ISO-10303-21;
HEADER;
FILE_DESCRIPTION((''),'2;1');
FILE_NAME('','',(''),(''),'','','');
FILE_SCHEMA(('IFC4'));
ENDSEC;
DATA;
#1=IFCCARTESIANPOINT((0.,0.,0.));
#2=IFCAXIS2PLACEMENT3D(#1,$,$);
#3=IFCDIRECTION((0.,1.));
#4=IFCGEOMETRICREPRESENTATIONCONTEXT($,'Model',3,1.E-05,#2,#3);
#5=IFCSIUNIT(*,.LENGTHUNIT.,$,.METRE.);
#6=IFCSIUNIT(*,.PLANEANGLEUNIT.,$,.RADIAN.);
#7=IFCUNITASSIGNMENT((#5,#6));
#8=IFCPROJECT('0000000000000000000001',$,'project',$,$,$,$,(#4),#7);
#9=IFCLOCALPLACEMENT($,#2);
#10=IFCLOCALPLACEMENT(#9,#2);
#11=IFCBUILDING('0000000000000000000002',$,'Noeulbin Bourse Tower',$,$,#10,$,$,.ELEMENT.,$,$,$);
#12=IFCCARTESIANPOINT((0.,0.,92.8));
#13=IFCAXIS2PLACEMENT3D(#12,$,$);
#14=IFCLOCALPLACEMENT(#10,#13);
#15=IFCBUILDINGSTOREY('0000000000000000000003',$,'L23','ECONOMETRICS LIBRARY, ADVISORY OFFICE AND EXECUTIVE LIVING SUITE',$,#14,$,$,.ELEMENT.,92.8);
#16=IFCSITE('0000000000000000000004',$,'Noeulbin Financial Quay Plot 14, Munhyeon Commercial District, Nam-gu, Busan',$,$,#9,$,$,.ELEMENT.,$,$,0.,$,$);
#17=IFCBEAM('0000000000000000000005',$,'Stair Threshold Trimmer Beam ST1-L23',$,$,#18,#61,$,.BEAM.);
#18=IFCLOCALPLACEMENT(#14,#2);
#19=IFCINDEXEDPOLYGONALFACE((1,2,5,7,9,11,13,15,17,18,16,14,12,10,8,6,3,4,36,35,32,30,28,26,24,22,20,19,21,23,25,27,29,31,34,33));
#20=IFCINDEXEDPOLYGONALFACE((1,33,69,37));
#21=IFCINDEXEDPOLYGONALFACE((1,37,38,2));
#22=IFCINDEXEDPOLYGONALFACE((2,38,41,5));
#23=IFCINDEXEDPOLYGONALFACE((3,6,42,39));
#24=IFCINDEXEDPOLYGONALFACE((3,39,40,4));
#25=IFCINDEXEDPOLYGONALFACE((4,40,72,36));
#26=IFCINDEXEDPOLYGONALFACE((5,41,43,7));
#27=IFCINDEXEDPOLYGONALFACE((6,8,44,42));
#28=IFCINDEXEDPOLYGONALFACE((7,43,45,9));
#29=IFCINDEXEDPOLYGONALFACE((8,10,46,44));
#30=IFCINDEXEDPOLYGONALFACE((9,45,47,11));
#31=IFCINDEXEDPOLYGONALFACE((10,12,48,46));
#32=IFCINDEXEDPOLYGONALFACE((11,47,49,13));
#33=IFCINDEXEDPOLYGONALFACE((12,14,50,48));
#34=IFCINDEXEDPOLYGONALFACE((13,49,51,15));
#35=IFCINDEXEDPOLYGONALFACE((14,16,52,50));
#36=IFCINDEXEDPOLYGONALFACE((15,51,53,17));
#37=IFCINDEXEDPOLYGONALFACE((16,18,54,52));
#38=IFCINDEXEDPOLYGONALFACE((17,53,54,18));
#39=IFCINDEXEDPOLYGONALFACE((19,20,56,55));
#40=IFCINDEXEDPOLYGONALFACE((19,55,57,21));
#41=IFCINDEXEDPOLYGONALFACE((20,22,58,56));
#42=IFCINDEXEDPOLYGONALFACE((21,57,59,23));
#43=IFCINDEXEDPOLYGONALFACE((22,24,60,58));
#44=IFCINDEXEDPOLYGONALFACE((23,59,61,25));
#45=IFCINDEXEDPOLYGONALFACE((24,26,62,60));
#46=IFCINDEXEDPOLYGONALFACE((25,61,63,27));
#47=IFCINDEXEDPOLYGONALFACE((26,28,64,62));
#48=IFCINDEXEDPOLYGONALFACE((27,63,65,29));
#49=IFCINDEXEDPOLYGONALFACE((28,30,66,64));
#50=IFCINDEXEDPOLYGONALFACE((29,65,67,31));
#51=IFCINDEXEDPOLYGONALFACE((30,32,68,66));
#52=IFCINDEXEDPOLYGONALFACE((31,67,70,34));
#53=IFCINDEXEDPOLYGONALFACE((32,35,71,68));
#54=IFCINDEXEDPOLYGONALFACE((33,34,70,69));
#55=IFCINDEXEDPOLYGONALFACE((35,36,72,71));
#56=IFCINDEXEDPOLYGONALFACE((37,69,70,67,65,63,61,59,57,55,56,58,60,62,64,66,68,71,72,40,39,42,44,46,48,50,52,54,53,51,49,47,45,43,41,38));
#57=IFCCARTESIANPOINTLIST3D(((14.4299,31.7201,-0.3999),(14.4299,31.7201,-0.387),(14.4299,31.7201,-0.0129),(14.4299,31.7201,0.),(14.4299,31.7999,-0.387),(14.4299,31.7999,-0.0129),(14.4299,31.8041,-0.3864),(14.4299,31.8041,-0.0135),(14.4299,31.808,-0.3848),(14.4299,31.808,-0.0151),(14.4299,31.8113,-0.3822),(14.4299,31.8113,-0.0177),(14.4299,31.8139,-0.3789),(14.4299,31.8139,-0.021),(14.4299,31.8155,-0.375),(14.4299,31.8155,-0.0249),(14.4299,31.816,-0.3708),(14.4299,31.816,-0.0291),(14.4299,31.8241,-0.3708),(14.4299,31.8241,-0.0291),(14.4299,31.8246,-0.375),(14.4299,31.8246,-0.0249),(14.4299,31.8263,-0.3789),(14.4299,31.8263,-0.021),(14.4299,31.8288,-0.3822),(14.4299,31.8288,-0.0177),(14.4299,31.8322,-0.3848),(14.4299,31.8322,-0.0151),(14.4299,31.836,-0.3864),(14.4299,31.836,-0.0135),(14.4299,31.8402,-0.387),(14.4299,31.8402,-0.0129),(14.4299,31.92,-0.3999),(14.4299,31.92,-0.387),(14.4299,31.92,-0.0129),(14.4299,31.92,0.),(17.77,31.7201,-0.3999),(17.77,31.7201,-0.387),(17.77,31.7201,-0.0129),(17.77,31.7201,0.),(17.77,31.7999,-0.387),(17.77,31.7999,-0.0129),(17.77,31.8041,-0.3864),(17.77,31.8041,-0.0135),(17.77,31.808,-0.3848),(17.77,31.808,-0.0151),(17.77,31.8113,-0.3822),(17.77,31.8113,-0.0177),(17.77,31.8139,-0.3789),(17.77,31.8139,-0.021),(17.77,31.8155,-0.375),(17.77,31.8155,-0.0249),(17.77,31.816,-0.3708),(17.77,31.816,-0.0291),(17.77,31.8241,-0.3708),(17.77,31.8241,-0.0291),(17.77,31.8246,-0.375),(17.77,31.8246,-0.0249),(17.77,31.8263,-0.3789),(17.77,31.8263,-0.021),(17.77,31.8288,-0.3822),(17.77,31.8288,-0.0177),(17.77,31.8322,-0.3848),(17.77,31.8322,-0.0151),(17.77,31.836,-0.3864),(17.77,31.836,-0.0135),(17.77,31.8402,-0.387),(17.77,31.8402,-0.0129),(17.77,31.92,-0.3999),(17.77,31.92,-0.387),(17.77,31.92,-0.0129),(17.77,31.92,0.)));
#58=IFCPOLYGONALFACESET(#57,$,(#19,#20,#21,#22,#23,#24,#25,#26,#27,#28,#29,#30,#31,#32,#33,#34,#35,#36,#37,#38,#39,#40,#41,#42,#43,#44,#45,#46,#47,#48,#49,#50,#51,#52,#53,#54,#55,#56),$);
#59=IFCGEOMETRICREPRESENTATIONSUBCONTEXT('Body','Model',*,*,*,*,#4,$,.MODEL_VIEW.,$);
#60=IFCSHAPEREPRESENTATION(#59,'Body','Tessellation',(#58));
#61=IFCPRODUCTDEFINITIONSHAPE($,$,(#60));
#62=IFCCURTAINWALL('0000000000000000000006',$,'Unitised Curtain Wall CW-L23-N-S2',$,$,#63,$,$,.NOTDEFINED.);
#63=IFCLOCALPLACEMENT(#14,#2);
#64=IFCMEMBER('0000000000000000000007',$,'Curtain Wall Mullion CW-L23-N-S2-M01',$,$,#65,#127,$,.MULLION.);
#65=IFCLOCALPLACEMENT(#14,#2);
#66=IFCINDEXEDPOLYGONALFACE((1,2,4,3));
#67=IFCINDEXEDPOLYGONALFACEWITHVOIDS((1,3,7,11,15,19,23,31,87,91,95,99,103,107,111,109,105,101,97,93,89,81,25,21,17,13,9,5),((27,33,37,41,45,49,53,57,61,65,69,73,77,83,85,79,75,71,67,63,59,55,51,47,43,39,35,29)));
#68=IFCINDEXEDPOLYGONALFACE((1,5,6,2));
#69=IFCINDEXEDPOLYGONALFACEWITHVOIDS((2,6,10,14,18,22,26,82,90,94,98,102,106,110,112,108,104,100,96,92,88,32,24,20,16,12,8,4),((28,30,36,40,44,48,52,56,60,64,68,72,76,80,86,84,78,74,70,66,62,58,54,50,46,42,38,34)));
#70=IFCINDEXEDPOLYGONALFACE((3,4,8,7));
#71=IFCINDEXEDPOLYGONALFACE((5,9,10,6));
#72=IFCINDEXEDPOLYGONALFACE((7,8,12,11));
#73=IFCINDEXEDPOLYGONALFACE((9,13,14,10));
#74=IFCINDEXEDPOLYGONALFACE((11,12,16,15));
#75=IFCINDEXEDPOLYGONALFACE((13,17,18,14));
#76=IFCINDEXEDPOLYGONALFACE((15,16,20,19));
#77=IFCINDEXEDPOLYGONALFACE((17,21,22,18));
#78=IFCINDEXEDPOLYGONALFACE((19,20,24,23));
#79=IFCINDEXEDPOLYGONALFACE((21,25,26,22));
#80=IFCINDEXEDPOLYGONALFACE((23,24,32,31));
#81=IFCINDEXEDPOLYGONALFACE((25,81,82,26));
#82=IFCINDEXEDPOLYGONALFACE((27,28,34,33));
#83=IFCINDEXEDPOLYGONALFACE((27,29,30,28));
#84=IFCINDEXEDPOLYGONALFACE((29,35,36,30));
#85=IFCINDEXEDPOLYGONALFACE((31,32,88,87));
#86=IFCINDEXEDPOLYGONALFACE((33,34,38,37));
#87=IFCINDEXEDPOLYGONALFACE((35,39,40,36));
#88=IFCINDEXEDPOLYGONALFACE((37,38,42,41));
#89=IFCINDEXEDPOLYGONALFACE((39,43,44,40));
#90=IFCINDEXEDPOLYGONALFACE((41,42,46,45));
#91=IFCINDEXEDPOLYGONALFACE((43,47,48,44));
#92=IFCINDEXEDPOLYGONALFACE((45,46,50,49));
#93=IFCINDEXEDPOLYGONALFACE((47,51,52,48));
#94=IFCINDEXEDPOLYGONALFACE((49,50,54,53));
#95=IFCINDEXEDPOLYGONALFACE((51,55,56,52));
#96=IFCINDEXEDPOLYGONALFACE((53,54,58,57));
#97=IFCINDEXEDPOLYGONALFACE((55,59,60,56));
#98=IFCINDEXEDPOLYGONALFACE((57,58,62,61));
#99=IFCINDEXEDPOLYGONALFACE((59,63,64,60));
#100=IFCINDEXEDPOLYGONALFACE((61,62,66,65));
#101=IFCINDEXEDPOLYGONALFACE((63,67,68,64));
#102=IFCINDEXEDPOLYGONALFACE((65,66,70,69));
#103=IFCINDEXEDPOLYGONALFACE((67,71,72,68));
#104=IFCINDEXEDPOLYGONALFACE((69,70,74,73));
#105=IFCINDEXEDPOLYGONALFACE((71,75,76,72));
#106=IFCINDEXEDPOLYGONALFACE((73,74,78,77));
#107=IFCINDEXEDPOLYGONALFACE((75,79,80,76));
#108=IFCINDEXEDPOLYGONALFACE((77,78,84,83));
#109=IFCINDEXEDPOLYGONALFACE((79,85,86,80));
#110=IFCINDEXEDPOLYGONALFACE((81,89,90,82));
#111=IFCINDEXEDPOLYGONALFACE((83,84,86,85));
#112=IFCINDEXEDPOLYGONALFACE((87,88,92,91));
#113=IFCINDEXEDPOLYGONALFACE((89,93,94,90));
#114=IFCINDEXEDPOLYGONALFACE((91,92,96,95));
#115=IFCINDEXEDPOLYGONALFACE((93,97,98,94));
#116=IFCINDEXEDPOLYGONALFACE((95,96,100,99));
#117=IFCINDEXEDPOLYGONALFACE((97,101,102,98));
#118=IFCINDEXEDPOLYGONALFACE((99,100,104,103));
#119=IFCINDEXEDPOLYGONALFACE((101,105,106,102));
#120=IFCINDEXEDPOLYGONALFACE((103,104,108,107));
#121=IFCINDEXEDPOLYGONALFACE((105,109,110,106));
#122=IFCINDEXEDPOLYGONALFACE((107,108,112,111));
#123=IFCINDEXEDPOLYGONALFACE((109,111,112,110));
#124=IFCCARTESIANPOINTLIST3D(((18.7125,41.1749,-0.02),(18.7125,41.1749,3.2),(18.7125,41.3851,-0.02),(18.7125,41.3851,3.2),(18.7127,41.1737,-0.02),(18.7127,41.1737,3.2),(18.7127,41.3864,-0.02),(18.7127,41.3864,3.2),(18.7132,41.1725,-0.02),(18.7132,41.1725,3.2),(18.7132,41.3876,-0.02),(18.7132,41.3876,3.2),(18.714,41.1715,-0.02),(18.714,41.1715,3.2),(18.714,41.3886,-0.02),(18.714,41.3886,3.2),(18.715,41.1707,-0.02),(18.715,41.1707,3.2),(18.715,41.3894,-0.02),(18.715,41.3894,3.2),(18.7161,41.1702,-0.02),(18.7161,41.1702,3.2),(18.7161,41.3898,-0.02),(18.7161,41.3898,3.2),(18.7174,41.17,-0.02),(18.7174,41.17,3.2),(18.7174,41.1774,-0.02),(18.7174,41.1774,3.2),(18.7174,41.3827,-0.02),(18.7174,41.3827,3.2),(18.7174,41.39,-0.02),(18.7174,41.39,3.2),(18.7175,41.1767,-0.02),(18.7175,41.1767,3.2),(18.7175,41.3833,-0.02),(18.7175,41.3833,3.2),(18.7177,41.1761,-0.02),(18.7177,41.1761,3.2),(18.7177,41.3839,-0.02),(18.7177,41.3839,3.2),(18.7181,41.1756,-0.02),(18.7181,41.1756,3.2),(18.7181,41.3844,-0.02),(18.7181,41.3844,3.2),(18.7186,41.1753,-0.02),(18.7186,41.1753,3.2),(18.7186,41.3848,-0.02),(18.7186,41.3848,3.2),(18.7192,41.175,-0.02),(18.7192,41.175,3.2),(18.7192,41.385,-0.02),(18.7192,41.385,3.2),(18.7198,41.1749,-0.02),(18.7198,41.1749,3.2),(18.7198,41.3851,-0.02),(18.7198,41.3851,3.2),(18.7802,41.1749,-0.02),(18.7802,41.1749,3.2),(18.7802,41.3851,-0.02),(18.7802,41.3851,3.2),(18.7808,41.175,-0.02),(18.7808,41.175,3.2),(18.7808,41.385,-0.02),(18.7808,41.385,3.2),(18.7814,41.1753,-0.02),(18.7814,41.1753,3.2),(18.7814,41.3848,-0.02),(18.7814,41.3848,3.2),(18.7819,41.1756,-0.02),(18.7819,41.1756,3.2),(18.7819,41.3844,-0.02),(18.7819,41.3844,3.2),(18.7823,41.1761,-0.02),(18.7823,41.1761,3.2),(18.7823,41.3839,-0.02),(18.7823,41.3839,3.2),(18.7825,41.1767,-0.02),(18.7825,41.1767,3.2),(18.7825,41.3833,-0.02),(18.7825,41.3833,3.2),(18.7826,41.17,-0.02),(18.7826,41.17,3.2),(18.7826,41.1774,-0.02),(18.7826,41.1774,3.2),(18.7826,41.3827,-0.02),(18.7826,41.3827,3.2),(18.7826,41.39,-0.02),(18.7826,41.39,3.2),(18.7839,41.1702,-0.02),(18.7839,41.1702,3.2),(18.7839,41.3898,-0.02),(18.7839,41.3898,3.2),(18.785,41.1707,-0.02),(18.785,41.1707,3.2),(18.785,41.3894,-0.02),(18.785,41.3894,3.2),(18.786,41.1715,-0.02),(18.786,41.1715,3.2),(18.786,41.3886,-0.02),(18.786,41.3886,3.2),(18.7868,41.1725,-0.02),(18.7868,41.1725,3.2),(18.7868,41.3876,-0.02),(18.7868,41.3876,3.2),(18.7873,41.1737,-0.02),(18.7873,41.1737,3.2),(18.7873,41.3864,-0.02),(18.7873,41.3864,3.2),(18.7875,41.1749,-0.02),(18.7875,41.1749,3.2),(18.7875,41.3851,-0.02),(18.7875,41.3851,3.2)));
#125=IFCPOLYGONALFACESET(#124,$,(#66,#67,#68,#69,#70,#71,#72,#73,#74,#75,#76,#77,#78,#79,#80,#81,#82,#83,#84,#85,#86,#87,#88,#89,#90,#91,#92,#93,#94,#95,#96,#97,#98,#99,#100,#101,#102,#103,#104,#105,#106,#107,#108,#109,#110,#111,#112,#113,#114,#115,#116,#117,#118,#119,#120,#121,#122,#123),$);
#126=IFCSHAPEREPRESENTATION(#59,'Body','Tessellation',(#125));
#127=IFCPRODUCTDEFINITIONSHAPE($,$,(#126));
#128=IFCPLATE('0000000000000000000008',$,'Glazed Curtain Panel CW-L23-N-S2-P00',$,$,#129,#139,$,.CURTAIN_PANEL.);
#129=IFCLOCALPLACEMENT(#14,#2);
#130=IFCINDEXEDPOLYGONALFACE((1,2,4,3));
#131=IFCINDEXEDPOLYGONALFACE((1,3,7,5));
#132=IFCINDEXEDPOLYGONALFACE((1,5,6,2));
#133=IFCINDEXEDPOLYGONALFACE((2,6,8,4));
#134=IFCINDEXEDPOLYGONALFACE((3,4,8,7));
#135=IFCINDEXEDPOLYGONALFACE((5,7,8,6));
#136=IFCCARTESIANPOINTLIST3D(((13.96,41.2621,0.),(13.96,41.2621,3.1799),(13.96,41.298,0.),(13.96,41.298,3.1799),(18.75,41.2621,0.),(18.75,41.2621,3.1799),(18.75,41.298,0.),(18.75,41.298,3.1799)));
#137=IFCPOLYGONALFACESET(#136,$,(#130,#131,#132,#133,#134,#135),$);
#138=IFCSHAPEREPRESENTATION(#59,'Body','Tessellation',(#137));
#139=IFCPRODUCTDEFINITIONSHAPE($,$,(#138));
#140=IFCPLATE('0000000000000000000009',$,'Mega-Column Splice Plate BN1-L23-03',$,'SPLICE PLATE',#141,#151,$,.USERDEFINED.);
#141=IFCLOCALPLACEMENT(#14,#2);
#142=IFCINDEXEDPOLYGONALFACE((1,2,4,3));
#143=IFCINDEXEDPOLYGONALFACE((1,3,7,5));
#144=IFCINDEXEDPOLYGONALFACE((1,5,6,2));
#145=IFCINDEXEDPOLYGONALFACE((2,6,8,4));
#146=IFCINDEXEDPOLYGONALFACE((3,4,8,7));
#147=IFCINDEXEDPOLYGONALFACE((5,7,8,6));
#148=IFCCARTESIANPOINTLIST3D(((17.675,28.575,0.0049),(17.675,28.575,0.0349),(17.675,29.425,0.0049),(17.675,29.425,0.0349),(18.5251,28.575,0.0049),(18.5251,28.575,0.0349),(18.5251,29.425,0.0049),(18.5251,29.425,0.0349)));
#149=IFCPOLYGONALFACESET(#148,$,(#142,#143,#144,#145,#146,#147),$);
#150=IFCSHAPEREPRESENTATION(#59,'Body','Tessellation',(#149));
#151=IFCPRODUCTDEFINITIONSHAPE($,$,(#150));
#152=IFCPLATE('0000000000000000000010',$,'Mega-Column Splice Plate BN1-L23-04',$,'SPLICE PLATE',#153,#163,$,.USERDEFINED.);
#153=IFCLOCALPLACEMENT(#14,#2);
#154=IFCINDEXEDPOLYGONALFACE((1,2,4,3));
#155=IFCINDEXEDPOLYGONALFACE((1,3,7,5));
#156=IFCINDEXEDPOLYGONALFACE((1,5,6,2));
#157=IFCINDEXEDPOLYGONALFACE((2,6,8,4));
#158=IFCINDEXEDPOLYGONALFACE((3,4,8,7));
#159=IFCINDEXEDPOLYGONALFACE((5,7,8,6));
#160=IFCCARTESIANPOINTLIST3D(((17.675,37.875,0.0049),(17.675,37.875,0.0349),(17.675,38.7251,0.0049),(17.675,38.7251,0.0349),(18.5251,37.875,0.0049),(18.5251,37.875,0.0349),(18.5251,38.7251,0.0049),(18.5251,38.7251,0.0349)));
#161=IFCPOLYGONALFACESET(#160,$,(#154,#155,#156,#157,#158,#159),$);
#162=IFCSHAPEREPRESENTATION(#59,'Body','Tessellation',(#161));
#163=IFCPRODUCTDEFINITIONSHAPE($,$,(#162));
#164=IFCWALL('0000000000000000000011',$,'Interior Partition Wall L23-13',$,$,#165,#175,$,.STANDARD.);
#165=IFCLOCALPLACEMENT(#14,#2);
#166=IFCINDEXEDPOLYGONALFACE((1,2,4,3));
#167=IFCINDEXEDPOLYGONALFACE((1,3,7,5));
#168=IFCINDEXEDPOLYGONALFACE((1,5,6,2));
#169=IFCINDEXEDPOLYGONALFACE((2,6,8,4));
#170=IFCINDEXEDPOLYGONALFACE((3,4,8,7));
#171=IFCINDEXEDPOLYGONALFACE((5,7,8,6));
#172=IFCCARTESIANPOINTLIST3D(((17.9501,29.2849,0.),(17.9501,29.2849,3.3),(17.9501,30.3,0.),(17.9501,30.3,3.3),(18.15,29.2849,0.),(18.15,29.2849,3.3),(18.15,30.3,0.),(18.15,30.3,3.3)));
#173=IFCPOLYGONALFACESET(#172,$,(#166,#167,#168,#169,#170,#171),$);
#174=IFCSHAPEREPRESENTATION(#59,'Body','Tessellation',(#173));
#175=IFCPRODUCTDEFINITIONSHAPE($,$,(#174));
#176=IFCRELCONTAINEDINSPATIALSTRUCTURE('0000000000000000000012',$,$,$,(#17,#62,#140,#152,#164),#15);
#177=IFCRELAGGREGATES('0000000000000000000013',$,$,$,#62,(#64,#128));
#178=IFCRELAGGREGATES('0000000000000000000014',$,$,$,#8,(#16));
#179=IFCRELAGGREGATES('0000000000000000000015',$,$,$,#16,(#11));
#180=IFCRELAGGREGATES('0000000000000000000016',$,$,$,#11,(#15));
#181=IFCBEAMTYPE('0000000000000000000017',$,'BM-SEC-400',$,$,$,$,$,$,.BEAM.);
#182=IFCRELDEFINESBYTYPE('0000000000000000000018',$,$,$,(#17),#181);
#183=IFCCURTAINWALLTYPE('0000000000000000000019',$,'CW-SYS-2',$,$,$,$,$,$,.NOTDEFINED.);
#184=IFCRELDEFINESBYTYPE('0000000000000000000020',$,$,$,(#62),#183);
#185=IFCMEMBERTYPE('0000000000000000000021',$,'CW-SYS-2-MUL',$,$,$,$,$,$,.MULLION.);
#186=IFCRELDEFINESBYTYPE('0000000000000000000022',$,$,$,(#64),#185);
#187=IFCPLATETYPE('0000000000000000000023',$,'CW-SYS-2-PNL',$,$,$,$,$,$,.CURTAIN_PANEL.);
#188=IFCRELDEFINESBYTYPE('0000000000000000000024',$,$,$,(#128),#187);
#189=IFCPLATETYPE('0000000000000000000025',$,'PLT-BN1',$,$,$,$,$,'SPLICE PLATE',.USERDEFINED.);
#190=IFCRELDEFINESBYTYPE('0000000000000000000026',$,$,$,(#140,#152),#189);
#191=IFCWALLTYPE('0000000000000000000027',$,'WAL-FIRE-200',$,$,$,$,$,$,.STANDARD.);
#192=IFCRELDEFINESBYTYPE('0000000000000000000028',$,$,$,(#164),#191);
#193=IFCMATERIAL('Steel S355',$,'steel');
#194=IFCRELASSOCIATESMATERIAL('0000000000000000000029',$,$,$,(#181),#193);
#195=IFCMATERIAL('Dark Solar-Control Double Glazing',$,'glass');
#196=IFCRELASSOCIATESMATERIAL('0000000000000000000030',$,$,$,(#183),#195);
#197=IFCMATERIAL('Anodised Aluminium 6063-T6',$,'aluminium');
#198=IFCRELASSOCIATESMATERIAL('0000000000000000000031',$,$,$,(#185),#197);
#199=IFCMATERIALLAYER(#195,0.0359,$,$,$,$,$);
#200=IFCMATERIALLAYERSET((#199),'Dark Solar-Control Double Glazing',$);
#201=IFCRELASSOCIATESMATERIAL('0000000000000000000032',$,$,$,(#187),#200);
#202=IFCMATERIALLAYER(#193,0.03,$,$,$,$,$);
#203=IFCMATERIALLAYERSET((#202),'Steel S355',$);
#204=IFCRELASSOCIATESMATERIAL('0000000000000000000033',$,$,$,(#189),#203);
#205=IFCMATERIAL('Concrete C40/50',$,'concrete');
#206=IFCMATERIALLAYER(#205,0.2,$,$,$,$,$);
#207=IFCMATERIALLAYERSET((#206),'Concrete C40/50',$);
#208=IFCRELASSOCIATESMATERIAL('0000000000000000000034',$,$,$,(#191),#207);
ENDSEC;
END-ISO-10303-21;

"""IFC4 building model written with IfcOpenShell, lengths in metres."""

from ifc_helpers import new_model, si_unit, direction, frame, frame_2d, origin, origin_2d, place, context, subcontext, project, spatial, rectangle, hollow_rectangle, i_section, extrude, material, layer, layer_set, material_profile, profile_set, type_object, element, aggregate, save


model = new_model("IFC4")

# Units and contexts
model_context = context("Model", 3, precision=1e-05, world=origin(), true_north=direction((0.0, 1.0)))
body_context = subcontext(model_context, "Body", "Model", "MODEL_VIEW")
ifc_project = project(units=[si_unit("LENGTHUNIT", "METRE"), si_unit("PLANEANGLEUNIT", "RADIAN")], contexts=[model_context])

# Site, building, storey
site_placement = place(None, origin())
site = spatial("IfcSite", under=ifc_project, at=site_placement, Name="Noeulbin Financial Quay Plot 14, Munhyeon Commercial District, Nam-gu, Busan", CompositionType="ELEMENT", RefElevation=0.0)
building_placement = place(site_placement, origin())
building = spatial("IfcBuilding", under=site, at=building_placement, Name="Noeulbin Bourse Tower", CompositionType="ELEMENT")
storey_placement = place(building_placement, frame((0.0, 0.0, 92.8)))
storey = spatial("IfcBuildingStorey", under=building, at=storey_placement, Name="L23", Description="ECONOMETRICS LIBRARY, ADVISORY OFFICE AND EXECUTIVE LIVING SUITE", CompositionType="ELEMENT", Elevation=92.8)

# Beam
ifc_material_1 = material(Name="Steel S355", Category="steel")
ifc_material_profile_1 = material_profile(ifc_material_1, i_section(OverallWidth=0.2, OverallDepth=0.3999, WebThickness=0.0081, FlangeThickness=0.0129, FilletRadius=0.0161, at=origin_2d()), Name="H-400x200x8x13", Category="LoadBearing")
ifc_profile_set_1 = profile_set([ifc_material_profile_1], Name="Steel S355")
beam_type = type_object("IfcBeamType", Name="BM-SEC-400", PredefinedType="BEAM", material=ifc_profile_set_1)
beam_placement = place(storey_placement, frame((14.4299, 31.8201, -0.2), z_axis=(1.0, 0.0, 0.0), x_axis=(0.0, 1.0, 0.0)))
element("IfcBeam", 1, at=beam_placement, inside=storey, type_object=beam_type, Name="Stair Threshold Trimmer Beam ST1-L23", PredefinedType="BEAM", context=body_context, shape_type="SweptSolid", body=[
    extrude(i_section(OverallWidth=0.2, OverallDepth=0.3999, WebThickness=0.0081, FlangeThickness=0.0129, FilletRadius=0.0161, at=origin_2d()), origin(), (0.0, 0.0, 1.0), 3.3401),
])

# Curtain wall, member, plate
ifc_material_2 = material(Name="Dark Solar-Control Double Glazing", Category="glass")
curtain_wall_type = type_object("IfcCurtainWallType", Name="CW-SYS-2", PredefinedType="NOTDEFINED", material=ifc_material_2)
curtain_wall_placement = place(storey_placement, origin())
curtain_wall = element("IfcCurtainWall", 2, at=curtain_wall_placement, inside=storey, type_object=curtain_wall_type, Name="Unitised Curtain Wall CW-L23-N-S2", PredefinedType="NOTDEFINED")
ifc_material_3 = material(Name="Anodised Aluminium 6063-T6", Category="aluminium")
ifc_material_profile_2 = material_profile(ifc_material_3, hollow_rectangle(XDim=0.075, YDim=0.22, WallThickness=0.0049, InnerFilletRadius=0.0024, OuterFilletRadius=0.0049, at=origin_2d()), Name="ALU-MULL-75x220x5", Category="LoadBearing")
ifc_profile_set_2 = profile_set([ifc_material_profile_2], Name="Anodised Aluminium 6063-T6")
member_type = type_object("IfcMemberType", Name="CW-SYS-2-MUL", PredefinedType="MULLION", material=ifc_profile_set_2)
member_placement = place(storey_placement, frame((18.75, 41.28, -0.02), z_axis=(0.0, 0.0, 1.0), x_axis=(1.0, 0.0, 0.0)))
member = element("IfcMember", 3, at=member_placement, type_object=member_type, Name="Curtain Wall Mullion CW-L23-N-S2-M01", PredefinedType="MULLION", context=body_context, shape_type="SweptSolid", body=[
    extrude(hollow_rectangle(XDim=0.075, YDim=0.22, WallThickness=0.0049, InnerFilletRadius=0.0024, OuterFilletRadius=0.0049, at=origin_2d()), origin(), (0.0, 0.0, 1.0), 3.22),
])
ifc_layer_1 = layer(ifc_material_2, 0.0359)
ifc_layer_set_1 = layer_set([ifc_layer_1], Name="Dark Solar-Control Double Glazing")
plate_type_1 = type_object("IfcPlateType", Name="CW-SYS-2-PNL", PredefinedType="CURTAIN_PANEL", material=ifc_layer_set_1)
plate_placement = place(storey_placement, frame((16.355, 41.28, 0.0), z_axis=(0.0, 0.0, 1.0), x_axis=(1.0, 0.0, 0.0)))
plate = element("IfcPlate", 4, at=plate_placement, type_object=plate_type_1, Name="Glazed Curtain Panel CW-L23-N-S2-P00", PredefinedType="CURTAIN_PANEL", context=body_context, shape_type="SweptSolid", body=[
    extrude(rectangle(XDim=4.79, YDim=0.0359, at=origin_2d()), origin(), (0.0, 0.0, 1.0), 3.1799),
])
aggregate(curtain_wall, [member, plate])

# Plates
ifc_layer_2 = layer(ifc_material_1, 0.03)
ifc_layer_set_2 = layer_set([ifc_layer_2], Name="Steel S355")
plate_type_2 = type_object("IfcPlateType", Name="PLT-BN1", ElementType="SPLICE PLATE", PredefinedType="USERDEFINED", material=ifc_layer_set_2)
for number, where, z_axis, x_axis, name in (
    (5, (18.1001, 29.0, 0.0049), (0.0, 0.0, 1.0), (1.0, 0.0, 0.0), "Mega-Column Splice Plate BN1-L23-03"),
    (6, (18.1001, 38.3, 0.0049), (0.0, 0.0, 1.0), (1.0, 0.0, 0.0), "Mega-Column Splice Plate BN1-L23-04"),
):
    element("IfcPlate", number, at=place(storey_placement, frame(where, z_axis=z_axis, x_axis=x_axis)), inside=storey, type_object=plate_type_2, Name=name, ObjectType="SPLICE PLATE", PredefinedType="USERDEFINED", context=body_context, shape_type="SweptSolid", body=[
        extrude(rectangle(XDim=0.8501, YDim=0.8501, at=origin_2d()), origin(), (0.0, 0.0, 1.0), 0.03),
    ])

# Wall
ifc_material_4 = material(Name="Concrete C40/50", Category="concrete")
ifc_layer_3 = layer(ifc_material_4, 0.2)
ifc_layer_set_3 = layer_set([ifc_layer_3], Name="Concrete C40/50")
wall_type_1 = type_object("IfcWallType", Name="WAL-FIRE-200", PredefinedType="STANDARD", material=ifc_layer_set_3)
wall_1_placement = place(storey_placement, frame((18.05, 29.2849, 0.0), z_axis=(0.0, 0.0, 1.0), x_axis=(0.0, 1.0, 0.0)))
element("IfcWall", 7, at=wall_1_placement, inside=storey, type_object=wall_type_1, Name="Interior Partition Wall L23-13", PredefinedType="STANDARD", context=body_context, shape_type="SweptSolid", body=[
    extrude(rectangle(XDim=1.0151, YDim=0.2, at=frame_2d((0.5076, 0.0))), origin(), (0.0, 0.0, 1.0), 3.3),
])

save(model, "model.ifc")
